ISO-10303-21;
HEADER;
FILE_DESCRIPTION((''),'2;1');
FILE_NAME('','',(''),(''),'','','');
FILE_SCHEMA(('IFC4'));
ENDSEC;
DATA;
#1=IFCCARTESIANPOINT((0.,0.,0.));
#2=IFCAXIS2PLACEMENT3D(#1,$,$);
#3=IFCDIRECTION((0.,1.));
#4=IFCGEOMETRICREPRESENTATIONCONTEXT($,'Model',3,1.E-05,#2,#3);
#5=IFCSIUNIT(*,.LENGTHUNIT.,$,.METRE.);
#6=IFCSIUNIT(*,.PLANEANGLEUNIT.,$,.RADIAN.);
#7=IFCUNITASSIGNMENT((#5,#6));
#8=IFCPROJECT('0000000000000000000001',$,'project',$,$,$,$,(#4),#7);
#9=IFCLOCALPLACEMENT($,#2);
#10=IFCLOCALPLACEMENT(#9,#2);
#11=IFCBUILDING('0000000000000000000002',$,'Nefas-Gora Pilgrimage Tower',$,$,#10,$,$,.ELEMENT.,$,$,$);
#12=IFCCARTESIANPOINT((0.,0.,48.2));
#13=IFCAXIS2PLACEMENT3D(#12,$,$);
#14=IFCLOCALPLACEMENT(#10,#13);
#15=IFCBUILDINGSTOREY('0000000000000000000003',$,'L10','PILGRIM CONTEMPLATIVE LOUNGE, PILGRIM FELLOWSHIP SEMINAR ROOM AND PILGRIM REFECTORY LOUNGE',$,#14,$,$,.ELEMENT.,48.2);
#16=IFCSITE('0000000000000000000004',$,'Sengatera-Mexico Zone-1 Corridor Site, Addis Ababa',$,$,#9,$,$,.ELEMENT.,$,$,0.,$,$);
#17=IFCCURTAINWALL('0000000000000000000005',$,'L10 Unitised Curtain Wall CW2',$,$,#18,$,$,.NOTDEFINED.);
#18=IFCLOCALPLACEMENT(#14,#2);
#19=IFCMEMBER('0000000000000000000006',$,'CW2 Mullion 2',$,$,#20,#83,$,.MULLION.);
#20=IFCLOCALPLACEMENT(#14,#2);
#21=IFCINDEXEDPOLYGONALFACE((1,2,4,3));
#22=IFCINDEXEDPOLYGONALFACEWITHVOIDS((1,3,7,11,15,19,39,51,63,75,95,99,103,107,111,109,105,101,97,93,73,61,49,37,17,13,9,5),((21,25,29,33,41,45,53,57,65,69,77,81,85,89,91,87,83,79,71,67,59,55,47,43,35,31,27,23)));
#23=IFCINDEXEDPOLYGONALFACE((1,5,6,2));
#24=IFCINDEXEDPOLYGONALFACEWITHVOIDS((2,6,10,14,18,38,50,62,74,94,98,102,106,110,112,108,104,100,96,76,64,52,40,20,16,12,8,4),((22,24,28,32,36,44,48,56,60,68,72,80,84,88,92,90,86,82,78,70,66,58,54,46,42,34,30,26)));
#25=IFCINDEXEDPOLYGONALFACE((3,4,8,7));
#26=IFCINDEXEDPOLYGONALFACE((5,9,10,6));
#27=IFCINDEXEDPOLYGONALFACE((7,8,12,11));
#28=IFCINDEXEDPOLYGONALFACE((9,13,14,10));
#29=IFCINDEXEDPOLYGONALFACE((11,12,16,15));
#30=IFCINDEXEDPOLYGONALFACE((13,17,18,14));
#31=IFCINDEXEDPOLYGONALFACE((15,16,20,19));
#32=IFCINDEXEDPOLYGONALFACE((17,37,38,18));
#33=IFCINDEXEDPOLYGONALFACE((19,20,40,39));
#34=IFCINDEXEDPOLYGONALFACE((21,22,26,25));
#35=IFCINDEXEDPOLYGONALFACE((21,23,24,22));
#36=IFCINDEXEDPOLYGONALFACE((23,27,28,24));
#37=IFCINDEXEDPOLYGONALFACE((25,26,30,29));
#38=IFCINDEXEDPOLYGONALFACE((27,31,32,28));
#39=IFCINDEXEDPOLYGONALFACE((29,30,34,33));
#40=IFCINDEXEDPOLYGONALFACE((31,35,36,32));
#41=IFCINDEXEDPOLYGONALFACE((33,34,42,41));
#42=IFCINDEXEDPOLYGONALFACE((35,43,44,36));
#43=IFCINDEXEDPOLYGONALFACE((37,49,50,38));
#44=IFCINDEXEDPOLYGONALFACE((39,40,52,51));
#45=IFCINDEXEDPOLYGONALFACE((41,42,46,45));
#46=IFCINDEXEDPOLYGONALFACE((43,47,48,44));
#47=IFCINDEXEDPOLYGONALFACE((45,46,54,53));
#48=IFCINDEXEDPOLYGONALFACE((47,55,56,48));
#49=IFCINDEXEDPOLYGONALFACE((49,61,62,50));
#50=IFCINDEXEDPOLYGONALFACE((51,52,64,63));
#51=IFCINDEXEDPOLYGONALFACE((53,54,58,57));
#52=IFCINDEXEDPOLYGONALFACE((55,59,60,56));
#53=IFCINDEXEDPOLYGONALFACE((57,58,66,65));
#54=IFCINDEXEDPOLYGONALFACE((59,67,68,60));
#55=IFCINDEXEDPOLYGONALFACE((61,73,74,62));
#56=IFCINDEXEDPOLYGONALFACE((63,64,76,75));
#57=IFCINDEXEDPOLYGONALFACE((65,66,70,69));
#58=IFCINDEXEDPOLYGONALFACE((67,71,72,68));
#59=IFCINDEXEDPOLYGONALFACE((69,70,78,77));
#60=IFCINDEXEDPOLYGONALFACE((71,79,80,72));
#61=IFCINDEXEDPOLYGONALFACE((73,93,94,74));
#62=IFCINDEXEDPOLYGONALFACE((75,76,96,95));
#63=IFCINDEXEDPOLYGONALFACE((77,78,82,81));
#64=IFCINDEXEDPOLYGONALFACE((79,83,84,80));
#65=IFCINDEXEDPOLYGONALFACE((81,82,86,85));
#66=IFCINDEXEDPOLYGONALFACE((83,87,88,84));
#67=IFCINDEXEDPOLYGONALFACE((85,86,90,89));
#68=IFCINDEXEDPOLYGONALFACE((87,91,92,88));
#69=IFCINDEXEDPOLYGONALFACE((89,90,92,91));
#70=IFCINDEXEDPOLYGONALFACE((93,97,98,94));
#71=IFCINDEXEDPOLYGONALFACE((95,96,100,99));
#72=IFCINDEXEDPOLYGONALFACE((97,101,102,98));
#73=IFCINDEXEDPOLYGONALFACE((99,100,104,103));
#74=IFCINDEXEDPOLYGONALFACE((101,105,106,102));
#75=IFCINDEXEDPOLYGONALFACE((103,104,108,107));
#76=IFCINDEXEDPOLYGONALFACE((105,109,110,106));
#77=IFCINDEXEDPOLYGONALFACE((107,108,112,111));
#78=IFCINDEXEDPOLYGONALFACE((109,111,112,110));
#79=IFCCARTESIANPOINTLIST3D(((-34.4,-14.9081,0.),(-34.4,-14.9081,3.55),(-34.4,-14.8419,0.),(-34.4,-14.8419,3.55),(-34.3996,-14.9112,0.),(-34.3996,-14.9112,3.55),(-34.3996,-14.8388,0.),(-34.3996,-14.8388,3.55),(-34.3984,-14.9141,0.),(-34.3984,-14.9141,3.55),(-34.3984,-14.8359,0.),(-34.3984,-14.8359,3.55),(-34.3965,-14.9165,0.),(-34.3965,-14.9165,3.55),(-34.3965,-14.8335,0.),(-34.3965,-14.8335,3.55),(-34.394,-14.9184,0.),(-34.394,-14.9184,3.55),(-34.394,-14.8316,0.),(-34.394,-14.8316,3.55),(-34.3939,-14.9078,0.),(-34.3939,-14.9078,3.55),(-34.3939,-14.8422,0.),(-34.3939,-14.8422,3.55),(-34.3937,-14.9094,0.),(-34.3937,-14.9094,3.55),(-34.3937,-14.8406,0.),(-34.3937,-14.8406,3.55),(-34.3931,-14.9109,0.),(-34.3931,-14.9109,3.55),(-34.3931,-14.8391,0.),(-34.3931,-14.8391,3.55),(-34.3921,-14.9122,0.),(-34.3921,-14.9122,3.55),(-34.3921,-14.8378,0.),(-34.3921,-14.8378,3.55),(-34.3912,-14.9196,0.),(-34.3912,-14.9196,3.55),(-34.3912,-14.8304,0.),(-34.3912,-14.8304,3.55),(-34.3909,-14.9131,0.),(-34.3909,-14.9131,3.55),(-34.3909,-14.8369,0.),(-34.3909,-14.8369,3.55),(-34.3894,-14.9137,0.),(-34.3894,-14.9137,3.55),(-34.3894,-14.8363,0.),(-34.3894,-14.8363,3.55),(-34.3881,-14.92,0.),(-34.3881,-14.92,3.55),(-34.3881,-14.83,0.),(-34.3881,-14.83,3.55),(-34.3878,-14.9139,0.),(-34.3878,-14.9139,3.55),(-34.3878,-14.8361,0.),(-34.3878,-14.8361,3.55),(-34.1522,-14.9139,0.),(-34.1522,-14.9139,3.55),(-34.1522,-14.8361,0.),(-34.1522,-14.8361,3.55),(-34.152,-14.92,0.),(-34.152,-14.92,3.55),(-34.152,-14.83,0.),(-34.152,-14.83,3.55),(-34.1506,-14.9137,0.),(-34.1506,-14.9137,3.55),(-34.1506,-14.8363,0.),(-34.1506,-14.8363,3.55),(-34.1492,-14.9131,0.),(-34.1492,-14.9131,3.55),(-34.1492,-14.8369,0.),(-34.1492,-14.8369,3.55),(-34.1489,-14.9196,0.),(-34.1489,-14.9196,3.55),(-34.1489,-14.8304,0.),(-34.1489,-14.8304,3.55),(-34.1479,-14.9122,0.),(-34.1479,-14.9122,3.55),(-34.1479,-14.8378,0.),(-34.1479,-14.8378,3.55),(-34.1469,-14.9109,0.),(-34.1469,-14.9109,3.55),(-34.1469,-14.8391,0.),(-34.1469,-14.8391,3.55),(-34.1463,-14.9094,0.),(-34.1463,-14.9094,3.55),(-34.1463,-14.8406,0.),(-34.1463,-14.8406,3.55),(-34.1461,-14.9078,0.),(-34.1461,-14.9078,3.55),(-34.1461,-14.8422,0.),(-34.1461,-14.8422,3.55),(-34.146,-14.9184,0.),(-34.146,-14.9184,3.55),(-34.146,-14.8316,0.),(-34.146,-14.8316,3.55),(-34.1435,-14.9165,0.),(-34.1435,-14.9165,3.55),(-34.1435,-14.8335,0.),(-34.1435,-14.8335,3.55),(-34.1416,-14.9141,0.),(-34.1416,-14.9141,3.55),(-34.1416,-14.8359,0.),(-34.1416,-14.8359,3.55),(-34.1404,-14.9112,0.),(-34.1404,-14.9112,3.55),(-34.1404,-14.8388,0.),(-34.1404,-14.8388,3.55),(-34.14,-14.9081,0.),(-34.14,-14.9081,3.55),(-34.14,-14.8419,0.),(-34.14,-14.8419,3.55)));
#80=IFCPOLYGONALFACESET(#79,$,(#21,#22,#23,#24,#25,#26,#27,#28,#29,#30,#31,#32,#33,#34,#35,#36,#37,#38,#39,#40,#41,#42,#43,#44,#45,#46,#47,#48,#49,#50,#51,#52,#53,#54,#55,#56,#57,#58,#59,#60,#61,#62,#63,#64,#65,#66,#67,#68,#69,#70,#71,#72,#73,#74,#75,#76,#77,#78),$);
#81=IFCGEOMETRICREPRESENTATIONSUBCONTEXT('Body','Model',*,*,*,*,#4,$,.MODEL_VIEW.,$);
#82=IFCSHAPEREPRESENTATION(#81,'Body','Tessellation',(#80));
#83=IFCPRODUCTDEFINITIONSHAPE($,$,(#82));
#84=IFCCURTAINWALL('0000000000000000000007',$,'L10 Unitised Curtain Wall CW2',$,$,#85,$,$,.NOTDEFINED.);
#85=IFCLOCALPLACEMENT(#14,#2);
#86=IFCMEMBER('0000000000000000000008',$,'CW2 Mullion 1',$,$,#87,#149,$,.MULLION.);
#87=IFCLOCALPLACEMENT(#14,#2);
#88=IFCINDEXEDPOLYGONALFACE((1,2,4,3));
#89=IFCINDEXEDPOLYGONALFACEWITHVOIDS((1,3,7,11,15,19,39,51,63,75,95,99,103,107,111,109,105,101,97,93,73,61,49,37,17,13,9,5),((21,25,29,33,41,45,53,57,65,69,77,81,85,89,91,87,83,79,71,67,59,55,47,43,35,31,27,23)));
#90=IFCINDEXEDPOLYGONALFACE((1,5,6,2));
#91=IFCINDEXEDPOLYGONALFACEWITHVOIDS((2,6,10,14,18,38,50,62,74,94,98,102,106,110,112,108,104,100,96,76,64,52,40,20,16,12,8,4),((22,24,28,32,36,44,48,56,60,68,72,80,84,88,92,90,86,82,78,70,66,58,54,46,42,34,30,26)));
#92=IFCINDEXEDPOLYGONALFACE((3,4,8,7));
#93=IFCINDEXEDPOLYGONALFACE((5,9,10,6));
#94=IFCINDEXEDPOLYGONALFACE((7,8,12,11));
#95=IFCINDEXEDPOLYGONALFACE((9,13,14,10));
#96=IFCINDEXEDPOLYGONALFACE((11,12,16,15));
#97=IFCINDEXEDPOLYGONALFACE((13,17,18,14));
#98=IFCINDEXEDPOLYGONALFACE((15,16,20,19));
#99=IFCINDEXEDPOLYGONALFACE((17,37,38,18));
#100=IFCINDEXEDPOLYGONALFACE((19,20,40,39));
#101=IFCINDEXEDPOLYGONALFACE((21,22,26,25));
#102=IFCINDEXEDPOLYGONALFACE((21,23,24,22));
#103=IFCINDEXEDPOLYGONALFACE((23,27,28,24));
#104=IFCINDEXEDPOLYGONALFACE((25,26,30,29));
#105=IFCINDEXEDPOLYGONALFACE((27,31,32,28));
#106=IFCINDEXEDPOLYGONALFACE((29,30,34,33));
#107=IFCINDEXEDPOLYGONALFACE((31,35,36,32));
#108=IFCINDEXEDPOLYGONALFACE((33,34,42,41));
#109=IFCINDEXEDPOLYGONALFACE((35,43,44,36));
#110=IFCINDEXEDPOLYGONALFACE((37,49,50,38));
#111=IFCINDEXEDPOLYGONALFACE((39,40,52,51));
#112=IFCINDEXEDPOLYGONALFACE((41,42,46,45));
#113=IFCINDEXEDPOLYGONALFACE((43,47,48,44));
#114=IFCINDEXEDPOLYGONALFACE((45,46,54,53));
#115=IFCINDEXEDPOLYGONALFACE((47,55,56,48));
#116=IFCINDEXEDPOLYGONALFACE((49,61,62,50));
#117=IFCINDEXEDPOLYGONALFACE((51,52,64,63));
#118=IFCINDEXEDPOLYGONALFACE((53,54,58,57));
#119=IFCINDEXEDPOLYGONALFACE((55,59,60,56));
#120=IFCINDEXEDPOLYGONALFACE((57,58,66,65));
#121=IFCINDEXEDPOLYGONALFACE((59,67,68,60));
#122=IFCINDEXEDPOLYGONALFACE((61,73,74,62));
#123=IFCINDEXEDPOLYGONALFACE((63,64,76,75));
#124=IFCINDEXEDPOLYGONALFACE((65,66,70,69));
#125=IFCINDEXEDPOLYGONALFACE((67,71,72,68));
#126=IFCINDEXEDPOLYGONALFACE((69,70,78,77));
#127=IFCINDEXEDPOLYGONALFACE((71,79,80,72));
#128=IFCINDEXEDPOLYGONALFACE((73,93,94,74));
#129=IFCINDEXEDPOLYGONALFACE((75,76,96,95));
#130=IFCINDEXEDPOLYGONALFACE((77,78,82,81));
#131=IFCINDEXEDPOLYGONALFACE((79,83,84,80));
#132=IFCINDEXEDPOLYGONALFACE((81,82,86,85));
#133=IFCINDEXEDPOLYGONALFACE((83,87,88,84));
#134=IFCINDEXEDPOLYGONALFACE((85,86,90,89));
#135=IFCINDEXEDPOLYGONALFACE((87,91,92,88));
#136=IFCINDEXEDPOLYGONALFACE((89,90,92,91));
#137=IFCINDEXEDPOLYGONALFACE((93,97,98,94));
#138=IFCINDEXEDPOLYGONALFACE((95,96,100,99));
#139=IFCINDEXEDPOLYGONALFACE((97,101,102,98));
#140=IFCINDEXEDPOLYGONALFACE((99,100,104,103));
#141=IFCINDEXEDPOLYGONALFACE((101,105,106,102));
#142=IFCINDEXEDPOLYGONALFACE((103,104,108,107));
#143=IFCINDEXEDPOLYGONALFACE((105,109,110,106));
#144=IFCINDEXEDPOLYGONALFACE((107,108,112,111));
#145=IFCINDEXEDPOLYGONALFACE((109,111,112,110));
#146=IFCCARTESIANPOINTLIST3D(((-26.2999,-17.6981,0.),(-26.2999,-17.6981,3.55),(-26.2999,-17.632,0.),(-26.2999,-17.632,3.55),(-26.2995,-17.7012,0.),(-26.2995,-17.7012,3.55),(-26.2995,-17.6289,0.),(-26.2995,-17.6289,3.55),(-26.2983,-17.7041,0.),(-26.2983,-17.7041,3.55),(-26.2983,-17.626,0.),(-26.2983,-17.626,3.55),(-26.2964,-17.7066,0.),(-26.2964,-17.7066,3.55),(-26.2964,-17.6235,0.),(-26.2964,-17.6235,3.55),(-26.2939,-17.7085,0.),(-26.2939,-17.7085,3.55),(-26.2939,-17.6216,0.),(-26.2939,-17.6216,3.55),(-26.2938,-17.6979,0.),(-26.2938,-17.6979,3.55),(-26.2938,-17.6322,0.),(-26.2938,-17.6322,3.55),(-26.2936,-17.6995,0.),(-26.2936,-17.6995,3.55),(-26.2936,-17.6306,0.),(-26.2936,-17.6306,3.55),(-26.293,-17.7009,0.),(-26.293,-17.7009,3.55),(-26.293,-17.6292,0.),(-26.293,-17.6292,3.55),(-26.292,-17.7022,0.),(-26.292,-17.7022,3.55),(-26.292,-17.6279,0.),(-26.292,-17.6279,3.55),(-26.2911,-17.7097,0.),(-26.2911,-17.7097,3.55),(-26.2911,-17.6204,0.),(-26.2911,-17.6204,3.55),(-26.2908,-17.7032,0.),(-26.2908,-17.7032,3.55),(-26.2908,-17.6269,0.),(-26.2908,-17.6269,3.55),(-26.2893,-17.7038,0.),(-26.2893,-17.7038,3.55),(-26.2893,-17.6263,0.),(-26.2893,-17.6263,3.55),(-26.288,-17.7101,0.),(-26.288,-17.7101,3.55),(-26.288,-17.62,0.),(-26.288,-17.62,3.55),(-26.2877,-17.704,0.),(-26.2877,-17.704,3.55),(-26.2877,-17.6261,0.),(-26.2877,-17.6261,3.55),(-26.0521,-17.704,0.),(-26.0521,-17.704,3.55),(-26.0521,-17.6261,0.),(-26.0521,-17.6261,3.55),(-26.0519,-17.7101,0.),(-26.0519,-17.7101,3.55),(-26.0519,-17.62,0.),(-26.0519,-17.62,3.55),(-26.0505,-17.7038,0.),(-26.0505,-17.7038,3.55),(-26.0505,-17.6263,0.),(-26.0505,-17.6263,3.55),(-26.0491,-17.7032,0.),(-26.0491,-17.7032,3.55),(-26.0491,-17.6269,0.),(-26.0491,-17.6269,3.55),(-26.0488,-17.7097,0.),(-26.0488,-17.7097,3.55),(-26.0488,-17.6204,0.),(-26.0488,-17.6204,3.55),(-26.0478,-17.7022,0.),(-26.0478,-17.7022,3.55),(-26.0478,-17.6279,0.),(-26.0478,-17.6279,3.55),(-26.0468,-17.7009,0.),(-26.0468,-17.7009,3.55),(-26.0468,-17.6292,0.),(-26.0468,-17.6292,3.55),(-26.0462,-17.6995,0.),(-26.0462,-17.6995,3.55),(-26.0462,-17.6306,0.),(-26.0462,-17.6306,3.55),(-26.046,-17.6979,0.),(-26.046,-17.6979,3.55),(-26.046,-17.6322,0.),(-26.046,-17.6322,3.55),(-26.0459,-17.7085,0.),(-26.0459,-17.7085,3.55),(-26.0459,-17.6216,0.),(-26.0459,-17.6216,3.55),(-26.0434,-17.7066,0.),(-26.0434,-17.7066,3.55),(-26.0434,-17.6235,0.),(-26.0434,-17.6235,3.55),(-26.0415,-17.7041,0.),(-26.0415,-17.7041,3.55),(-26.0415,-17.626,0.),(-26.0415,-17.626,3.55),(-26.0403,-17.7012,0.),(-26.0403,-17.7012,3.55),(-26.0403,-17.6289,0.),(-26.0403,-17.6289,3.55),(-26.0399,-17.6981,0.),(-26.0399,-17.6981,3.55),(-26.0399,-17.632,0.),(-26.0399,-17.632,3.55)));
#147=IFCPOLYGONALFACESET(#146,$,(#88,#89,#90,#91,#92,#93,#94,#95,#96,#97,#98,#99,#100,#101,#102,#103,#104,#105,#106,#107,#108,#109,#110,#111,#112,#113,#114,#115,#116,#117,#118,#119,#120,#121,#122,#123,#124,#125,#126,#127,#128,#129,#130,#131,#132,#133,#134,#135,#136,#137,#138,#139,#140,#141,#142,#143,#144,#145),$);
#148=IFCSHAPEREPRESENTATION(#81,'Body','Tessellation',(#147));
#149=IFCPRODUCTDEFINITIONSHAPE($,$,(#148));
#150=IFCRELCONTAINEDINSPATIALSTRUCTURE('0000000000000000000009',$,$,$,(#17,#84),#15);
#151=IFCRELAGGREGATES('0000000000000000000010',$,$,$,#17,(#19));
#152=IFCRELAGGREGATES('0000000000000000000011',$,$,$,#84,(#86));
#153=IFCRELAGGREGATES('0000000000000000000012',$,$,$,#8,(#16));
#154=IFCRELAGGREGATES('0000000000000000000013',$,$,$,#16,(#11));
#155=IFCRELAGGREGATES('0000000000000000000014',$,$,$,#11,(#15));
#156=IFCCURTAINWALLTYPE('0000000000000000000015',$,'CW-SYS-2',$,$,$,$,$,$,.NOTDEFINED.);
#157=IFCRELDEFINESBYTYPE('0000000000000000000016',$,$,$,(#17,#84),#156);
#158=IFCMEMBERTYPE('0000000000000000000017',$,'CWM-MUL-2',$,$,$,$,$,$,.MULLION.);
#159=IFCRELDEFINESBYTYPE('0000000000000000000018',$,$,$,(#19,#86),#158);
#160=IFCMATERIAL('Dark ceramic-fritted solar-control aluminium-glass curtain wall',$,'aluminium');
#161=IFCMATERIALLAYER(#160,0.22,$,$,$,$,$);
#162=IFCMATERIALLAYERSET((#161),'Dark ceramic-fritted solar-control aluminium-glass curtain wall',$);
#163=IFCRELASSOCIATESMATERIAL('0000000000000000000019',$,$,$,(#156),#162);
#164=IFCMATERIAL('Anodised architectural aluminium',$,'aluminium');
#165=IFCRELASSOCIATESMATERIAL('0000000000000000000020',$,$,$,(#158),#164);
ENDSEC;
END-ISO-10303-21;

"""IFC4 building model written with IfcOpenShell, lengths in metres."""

from ifc_helpers import new_model, si_unit, direction, frame, origin, origin_2d, place, context, subcontext, project, spatial, hollow_rectangle, extrude, source, transform, mapped, material, layer, layer_set, material_profile, profile_set, type_object, element, aggregate, save


model = new_model("IFC4")

# Units and contexts
model_context = context("Model", 3, precision=1e-05, world=origin(), true_north=direction((0.0, 1.0)))
body_context = subcontext(model_context, "Body", "Model", "MODEL_VIEW")
ifc_project = project(units=[si_unit("LENGTHUNIT", "METRE"), si_unit("PLANEANGLEUNIT", "RADIAN")], contexts=[model_context])

# Site, building, storey
site_placement = place(None, origin())
site = spatial("IfcSite", under=ifc_project, at=site_placement, Name="Sengatera-Mexico Zone-1 Corridor Site, Addis Ababa", CompositionType="ELEMENT", RefElevation=0.0)
building_placement = place(site_placement, origin())
building = spatial("IfcBuilding", under=site, at=building_placement, Name="Nefas-Gora Pilgrimage Tower", CompositionType="ELEMENT")
storey_placement = place(building_placement, frame((0.0, 0.0, 48.2)))
storey = spatial("IfcBuildingStorey", under=building, at=storey_placement, Name="L10", Description="PILGRIM CONTEMPLATIVE LOUNGE, PILGRIM FELLOWSHIP SEMINAR ROOM AND PILGRIM REFECTORY LOUNGE", CompositionType="ELEMENT", Elevation=48.2)

# Shared definitions
ifc_material_1 = material(Name="Dark ceramic-fritted solar-control aluminium-glass curtain wall", Category="aluminium")
ifc_material_2 = material(Name="Anodised architectural aluminium", Category="aluminium")

# Curtain wall, member
ifc_layer_1 = layer(ifc_material_1, 0.22)
ifc_layer_set_1 = layer_set([ifc_layer_1], Name="Dark ceramic-fritted solar-control aluminium-glass curtain wall")
curtain_wall_type_1 = type_object("IfcCurtainWallType", Name="CW-SYS-2", PredefinedType="NOTDEFINED", material=ifc_layer_set_1)
curtain_wall_1_placement = place(storey_placement, origin())
curtain_wall_1 = element("IfcCurtainWall", 1, at=curtain_wall_1_placement, inside=storey, type_object=curtain_wall_type_1, Name="L10 Unitised Curtain Wall CW2", PredefinedType="NOTDEFINED")
ifc_material_profile_1 = material_profile(ifc_material_2, hollow_rectangle(XDim=0.0901, YDim=0.26, WallThickness=0.0061, InnerFilletRadius=0.0061, OuterFilletRadius=0.012, at=origin_2d()), Name="ALU MULLION 90x260")
ifc_profile_set_1 = profile_set([ifc_material_profile_1], Name="Anodised architectural aluminium")
member_type_1 = type_object("IfcMemberType", Name="CWM-MUL-2", PredefinedType="MULLION", material=ifc_profile_set_1)
shared_shape_1 = source(origin(), body_context, "Body", "SweptSolid", [
    extrude(hollow_rectangle(XDim=0.0901, YDim=0.26, WallThickness=0.0061, InnerFilletRadius=0.0061, OuterFilletRadius=0.012, at=origin_2d()), origin(), (0.0, 0.0, 1.0), 3.55),
])
member_1_placement = place(storey_placement, frame((-34.27, -14.875, 0.0), z_axis=(0.0, 0.0, 1.0), x_axis=(0.0, -1.0, 0.0)))
member_1 = element("IfcMember", 2, at=member_1_placement, type_object=member_type_1, Name="CW2 Mullion 2", PredefinedType="MULLION", context=body_context, shape_type="MappedRepresentation", body=[
    mapped(shared_shape_1, transform((0.0, 0.0, 0.0), x_axis=(1.0, 0.0, 0.0), y_axis=(0.0, 1.0, 0.0), z_axis=(0.0, 0.0, 1.0), scale=1.0)),
])
aggregate(curtain_wall_1, [member_1])

# Curtain wall, member
curtain_wall_2_placement = place(storey_placement, origin())
curtain_wall_2 = element("IfcCurtainWall", 3, at=curtain_wall_2_placement, inside=storey, type_object=curtain_wall_type_1, Name="L10 Unitised Curtain Wall CW2", PredefinedType="NOTDEFINED")
member_2_placement = place(storey_placement, frame((-26.1699, -17.665, 0.0), z_axis=(0.0, 0.0, 1.0), x_axis=(0.0, -1.0, 0.0)))
member_2 = element("IfcMember", 4, at=member_2_placement, type_object=member_type_1, Name="CW2 Mullion 1", PredefinedType="MULLION", context=body_context, shape_type="MappedRepresentation", body=[
    mapped(shared_shape_1, transform((0.0, 0.0, 0.0), x_axis=(1.0, 0.0, 0.0), y_axis=(0.0, 1.0, 0.0), z_axis=(0.0, 0.0, 1.0), scale=1.0)),
])

aggregate(curtain_wall_2, [member_2])

save(model, "model.ifc")
